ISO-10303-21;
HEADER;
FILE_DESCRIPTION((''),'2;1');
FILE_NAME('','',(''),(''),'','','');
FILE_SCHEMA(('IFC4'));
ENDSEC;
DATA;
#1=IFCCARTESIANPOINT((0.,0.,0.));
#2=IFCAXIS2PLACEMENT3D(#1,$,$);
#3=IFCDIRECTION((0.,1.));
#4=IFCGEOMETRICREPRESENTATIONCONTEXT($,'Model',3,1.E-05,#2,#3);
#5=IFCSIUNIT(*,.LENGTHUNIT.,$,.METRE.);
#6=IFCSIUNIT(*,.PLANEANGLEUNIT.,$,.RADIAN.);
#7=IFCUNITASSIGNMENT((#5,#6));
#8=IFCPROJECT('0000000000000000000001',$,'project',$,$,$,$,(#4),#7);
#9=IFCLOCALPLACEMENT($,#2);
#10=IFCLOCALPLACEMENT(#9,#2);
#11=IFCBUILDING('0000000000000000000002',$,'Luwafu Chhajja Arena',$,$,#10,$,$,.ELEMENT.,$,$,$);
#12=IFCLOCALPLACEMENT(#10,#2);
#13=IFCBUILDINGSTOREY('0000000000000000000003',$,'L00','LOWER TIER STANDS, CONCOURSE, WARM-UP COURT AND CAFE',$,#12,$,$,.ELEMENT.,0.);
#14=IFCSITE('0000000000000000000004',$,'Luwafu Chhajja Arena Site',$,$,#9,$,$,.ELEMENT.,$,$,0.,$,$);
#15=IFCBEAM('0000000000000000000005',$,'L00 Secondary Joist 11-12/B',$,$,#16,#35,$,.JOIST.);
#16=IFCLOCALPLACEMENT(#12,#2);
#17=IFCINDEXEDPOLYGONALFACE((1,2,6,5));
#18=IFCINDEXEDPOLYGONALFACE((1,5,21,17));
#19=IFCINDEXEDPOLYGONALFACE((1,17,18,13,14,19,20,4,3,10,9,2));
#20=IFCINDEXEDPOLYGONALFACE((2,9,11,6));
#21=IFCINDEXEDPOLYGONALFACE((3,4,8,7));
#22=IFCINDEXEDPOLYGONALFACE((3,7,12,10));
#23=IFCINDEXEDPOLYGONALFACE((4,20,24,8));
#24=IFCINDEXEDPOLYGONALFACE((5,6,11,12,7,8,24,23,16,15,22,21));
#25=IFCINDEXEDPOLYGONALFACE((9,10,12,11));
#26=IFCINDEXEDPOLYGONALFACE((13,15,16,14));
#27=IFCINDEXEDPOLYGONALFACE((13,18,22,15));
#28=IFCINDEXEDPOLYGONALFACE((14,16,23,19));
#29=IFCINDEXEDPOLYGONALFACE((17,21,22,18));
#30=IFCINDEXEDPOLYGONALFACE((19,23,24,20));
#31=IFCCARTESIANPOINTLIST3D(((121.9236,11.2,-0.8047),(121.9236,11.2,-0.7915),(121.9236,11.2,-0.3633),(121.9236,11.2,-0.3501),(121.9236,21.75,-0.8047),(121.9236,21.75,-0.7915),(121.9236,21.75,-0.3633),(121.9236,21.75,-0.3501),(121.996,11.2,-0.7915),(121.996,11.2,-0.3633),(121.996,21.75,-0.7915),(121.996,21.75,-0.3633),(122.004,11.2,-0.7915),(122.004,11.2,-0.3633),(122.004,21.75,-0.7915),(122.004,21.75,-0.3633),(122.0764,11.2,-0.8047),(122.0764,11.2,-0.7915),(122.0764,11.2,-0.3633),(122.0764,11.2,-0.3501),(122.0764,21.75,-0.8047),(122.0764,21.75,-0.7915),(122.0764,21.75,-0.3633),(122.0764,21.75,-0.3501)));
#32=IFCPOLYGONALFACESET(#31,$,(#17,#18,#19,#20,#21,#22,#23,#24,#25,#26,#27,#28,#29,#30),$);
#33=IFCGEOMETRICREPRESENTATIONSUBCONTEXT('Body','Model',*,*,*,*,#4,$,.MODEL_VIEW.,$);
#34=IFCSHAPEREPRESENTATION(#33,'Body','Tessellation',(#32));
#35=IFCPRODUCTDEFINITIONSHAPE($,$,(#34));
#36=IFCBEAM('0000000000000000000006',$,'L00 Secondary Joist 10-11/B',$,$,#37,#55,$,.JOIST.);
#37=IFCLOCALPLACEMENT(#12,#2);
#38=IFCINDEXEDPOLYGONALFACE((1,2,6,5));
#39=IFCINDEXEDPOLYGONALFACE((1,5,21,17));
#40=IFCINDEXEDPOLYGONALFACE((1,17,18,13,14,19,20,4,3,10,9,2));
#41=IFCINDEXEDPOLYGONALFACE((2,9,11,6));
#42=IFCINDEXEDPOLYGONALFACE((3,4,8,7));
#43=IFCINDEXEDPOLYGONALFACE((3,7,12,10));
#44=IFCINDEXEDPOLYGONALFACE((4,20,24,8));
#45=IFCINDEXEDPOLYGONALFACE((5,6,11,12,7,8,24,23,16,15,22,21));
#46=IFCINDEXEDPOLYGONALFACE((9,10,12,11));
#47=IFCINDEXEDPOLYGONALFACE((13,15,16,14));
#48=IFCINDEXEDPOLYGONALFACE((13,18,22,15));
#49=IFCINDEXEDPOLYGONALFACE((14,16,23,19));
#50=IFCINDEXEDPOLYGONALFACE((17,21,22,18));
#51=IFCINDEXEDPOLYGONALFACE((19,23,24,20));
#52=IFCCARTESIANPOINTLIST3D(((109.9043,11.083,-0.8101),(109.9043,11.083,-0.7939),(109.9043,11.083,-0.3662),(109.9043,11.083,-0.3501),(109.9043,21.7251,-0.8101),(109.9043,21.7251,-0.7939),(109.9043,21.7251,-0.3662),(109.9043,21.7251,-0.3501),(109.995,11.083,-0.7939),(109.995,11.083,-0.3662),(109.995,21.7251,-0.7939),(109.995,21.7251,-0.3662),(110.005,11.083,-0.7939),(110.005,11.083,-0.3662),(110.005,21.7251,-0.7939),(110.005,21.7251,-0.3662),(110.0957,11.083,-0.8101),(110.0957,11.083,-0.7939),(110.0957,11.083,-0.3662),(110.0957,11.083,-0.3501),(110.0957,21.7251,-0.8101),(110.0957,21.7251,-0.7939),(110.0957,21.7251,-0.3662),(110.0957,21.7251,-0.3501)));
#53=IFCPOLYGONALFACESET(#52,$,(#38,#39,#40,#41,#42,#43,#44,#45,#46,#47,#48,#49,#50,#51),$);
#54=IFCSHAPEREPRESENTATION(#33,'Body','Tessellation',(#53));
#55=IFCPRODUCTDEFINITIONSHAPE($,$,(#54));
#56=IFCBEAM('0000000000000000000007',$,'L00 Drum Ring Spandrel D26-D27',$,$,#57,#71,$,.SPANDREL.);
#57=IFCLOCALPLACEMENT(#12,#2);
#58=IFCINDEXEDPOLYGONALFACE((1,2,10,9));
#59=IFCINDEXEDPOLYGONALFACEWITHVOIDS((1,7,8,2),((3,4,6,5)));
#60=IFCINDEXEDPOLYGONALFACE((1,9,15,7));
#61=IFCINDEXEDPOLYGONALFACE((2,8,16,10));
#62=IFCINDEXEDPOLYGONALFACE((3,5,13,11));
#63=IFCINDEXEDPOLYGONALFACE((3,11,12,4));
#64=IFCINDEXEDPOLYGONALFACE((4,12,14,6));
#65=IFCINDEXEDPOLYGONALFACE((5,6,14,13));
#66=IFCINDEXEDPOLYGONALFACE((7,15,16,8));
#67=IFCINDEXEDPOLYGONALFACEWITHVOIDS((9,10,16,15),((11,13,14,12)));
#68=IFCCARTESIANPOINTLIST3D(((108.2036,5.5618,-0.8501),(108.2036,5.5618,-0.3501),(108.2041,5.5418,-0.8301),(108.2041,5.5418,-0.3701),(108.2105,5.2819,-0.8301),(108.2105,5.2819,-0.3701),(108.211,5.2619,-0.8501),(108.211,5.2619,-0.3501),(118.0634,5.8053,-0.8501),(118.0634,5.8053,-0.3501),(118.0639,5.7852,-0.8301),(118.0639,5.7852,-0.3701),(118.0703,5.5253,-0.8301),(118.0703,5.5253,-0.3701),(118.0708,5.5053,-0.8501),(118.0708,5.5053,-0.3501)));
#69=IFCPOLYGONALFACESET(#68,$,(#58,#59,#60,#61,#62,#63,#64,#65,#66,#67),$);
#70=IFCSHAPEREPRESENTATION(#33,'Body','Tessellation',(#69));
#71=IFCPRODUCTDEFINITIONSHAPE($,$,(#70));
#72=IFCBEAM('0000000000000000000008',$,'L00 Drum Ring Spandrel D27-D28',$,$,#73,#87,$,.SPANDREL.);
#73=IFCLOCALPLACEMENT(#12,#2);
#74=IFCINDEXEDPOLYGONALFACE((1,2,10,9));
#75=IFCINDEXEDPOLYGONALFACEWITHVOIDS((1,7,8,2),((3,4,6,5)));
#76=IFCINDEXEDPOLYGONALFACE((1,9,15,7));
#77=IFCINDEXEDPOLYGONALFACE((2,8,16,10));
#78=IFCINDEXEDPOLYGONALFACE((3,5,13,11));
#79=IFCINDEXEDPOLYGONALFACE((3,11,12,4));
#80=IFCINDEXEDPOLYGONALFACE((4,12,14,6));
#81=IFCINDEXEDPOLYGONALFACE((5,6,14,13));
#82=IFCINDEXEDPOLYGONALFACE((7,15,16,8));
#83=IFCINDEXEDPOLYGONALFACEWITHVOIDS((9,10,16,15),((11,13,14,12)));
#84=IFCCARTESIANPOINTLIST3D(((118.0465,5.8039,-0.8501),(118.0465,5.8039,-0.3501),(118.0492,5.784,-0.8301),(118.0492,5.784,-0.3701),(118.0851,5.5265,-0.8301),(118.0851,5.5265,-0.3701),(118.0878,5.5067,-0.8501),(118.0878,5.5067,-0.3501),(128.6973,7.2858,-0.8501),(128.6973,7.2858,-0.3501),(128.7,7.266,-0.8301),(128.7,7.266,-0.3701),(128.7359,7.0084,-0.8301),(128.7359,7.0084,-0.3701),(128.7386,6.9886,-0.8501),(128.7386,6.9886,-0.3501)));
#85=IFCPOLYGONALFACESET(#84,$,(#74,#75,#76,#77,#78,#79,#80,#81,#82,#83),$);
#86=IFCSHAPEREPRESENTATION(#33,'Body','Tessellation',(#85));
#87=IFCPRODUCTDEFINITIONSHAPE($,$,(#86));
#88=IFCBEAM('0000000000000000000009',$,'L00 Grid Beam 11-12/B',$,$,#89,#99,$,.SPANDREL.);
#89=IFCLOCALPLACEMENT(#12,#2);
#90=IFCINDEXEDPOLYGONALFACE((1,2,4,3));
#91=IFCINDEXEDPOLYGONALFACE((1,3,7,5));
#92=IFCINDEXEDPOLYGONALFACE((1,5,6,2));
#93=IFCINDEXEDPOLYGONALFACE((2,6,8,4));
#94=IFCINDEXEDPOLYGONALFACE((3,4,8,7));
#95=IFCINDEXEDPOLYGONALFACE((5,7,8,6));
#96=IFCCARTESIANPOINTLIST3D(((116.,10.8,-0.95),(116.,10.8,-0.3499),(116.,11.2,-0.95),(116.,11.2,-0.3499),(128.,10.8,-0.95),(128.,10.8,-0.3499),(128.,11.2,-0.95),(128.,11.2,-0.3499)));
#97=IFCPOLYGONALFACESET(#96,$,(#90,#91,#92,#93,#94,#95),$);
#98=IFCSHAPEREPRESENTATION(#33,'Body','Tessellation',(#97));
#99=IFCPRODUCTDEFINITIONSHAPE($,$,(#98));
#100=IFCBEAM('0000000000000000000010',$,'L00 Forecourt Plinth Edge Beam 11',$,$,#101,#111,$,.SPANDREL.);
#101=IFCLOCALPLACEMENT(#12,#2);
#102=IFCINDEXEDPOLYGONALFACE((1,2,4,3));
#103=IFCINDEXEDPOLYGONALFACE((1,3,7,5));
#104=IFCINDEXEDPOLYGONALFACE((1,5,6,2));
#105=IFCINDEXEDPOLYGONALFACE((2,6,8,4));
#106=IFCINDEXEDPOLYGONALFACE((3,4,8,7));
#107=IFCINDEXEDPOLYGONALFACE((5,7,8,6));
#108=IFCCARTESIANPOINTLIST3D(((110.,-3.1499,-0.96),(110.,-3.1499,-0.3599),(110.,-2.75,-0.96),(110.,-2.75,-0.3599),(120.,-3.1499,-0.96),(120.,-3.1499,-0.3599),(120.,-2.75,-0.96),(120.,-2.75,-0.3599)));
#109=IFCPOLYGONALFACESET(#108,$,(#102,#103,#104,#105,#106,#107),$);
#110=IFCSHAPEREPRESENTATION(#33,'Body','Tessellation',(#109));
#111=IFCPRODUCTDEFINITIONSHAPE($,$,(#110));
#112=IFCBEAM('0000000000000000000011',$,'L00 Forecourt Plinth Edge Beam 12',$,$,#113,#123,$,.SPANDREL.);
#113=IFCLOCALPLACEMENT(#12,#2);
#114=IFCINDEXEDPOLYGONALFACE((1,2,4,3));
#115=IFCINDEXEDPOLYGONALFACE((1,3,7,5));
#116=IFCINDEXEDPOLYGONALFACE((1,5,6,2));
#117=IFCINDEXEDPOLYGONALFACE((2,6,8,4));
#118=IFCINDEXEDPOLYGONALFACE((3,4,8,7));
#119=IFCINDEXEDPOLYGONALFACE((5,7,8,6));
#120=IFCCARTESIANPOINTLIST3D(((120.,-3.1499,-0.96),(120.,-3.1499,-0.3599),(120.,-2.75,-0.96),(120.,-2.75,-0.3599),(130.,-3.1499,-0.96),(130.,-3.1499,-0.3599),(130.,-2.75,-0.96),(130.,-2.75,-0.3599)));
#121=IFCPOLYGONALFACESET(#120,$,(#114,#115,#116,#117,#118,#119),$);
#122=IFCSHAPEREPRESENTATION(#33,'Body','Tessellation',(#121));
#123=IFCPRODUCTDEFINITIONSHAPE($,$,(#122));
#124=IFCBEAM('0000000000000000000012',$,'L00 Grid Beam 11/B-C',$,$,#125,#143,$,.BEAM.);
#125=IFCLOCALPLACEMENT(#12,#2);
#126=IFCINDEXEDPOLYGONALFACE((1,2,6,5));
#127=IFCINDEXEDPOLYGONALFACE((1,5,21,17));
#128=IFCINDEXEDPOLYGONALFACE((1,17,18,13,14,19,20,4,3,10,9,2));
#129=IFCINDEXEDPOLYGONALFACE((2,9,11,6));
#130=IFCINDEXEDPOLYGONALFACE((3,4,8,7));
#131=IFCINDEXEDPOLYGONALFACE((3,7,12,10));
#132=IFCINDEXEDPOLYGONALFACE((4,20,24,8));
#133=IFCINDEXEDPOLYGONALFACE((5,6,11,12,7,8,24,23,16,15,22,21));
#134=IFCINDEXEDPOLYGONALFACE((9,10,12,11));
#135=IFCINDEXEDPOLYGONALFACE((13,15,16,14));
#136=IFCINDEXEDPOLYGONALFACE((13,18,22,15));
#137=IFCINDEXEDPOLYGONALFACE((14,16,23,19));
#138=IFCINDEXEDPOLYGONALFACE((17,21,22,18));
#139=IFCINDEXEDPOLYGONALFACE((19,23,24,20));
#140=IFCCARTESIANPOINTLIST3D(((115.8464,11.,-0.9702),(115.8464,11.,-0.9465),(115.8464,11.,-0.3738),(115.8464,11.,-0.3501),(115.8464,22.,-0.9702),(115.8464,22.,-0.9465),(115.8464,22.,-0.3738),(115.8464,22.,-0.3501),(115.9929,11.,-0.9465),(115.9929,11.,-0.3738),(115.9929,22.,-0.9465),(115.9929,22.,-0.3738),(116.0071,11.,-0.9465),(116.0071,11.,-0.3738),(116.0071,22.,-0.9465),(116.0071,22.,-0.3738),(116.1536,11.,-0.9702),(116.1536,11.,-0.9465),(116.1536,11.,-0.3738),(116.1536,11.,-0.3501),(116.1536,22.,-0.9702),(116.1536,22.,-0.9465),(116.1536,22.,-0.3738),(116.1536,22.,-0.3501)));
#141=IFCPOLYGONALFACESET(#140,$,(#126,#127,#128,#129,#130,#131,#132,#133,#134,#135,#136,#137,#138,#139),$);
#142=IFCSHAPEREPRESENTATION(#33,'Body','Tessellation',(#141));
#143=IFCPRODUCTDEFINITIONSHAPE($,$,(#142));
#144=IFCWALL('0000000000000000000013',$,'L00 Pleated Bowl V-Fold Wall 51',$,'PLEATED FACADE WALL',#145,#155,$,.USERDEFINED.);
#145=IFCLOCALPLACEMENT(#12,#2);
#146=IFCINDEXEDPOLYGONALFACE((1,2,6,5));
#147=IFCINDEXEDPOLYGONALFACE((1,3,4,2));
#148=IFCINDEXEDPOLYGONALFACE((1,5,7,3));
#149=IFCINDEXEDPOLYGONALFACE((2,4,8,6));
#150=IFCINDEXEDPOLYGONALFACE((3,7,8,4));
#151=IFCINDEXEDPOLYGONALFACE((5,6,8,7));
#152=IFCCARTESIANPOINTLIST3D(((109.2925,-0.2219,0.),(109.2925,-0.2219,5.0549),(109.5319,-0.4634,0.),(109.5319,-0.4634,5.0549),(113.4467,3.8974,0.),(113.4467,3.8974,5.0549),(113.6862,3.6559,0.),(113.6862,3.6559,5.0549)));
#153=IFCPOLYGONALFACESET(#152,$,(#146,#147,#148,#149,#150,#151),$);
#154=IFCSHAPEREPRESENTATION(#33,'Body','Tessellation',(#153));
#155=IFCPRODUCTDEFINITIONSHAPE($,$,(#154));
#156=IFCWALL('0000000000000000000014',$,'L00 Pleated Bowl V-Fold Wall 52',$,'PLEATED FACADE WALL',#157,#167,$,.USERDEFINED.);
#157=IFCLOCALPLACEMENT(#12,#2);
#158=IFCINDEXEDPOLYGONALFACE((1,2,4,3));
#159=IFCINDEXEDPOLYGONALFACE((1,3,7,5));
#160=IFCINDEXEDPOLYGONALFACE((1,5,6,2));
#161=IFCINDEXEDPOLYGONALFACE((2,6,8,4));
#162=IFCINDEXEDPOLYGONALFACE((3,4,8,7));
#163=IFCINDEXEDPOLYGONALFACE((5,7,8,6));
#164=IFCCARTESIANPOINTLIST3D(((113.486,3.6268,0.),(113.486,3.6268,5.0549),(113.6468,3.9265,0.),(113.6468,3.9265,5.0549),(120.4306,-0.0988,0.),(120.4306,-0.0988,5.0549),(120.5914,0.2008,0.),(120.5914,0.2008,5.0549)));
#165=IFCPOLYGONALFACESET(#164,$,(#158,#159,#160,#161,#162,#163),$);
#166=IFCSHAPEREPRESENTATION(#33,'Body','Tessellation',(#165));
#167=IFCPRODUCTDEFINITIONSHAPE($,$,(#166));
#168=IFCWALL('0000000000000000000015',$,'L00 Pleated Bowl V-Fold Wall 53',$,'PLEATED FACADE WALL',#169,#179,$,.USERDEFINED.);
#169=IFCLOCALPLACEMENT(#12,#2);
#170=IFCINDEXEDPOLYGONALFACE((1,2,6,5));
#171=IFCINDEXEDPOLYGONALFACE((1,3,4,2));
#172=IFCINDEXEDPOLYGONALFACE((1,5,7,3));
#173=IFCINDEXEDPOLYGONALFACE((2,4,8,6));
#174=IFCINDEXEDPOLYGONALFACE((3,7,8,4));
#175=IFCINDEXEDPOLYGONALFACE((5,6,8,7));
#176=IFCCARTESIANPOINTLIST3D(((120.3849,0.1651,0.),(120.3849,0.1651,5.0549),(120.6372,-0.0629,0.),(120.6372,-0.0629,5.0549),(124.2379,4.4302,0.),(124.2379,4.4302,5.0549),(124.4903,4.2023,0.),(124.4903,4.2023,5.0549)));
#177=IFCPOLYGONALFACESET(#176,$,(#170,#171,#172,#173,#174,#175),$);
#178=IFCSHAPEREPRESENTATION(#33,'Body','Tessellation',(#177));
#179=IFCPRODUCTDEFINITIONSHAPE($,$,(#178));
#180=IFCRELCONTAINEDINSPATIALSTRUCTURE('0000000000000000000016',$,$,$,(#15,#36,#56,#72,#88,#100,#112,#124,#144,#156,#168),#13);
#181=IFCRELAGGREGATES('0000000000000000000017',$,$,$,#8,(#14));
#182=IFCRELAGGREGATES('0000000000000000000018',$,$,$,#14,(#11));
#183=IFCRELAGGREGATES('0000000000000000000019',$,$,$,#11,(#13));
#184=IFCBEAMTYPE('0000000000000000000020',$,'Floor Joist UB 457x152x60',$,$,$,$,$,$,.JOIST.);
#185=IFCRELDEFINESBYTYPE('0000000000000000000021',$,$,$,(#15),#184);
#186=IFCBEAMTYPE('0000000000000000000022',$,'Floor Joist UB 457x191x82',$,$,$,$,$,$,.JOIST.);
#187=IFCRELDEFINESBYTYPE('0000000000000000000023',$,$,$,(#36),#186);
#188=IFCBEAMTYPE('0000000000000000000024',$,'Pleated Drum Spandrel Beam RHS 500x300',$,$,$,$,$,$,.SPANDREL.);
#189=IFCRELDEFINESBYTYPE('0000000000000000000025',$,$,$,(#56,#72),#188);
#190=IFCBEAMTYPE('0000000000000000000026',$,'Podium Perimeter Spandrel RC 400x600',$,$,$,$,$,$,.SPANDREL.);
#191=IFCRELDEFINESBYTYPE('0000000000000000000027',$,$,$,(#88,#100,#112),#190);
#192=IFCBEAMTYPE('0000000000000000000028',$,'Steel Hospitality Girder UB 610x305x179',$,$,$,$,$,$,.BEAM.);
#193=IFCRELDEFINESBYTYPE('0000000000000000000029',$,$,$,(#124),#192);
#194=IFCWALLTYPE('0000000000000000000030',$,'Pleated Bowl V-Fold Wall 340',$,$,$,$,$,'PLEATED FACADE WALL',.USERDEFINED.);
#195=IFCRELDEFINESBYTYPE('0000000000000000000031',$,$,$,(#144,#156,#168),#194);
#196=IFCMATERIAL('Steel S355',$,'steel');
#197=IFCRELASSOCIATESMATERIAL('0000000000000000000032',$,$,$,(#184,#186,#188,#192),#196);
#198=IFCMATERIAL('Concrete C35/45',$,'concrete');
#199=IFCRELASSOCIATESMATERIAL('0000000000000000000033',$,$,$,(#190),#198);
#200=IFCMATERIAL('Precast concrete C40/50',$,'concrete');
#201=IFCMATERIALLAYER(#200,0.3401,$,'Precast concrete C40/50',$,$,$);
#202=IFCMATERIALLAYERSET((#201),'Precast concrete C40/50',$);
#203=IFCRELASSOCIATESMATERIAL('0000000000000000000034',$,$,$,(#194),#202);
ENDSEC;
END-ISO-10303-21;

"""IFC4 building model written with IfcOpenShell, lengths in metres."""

from ifc_helpers import new_model, si_unit, direction, frame, frame_2d, origin, origin_2d, place, context, subcontext, project, spatial, rectangle, hollow_rectangle, i_section, extrude, material, layer, layer_set, material_profile, profile_set, type_object, element, save


model = new_model("IFC4")

# Units and contexts
model_context = context("Model", 3, precision=1e-05, world=origin(), true_north=direction((0.0, 1.0)))
body_context = subcontext(model_context, "Body", "Model", "MODEL_VIEW")
ifc_project = project(units=[si_unit("LENGTHUNIT", "METRE"), si_unit("PLANEANGLEUNIT", "RADIAN")], contexts=[model_context])

# Site, building, storey
site_placement = place(None, origin())
site = spatial("IfcSite", under=ifc_project, at=site_placement, Name="Luwafu Chhajja Arena Site", CompositionType="ELEMENT", RefElevation=0.0)
building_placement = place(site_placement, origin())
building = spatial("IfcBuilding", under=site, at=building_placement, Name="Luwafu Chhajja Arena", CompositionType="ELEMENT")
storey_placement = place(building_placement, origin())
storey = spatial("IfcBuildingStorey", under=building, at=storey_placement, Name="L00", Description="LOWER TIER STANDS, CONCOURSE, WARM-UP COURT AND CAFE", CompositionType="ELEMENT", Elevation=0.0)

# Shared definitions
ifc_material_1 = material(Name="Concrete C35/45", Category="concrete")
ifc_material_2 = material(Name="Steel S355", Category="steel")

# Beams
ifc_material_profile_1 = material_profile(ifc_material_2, i_section(OverallWidth=0.1528, OverallDepth=0.4546, WebThickness=0.0081, FlangeThickness=0.0132, at=origin_2d()), Name="UB 457x152x60")
ifc_profile_set_1 = profile_set([ifc_material_profile_1], Name="Steel S355")
beam_type_1 = type_object("IfcBeamType", Name="Floor Joist UB 457x152x60", PredefinedType="JOIST", material=ifc_profile_set_1)
beam_1_placement = place(storey_placement, frame((122.0, 11.2, -0.5774), z_axis=(0.0, 1.0, 0.0), x_axis=(-1.0, 0.0, 0.0)))
element("IfcBeam", 1, at=beam_1_placement, inside=storey, type_object=beam_type_1, Name="L00 Secondary Joist 11-12/B", PredefinedType="JOIST", context=body_context, shape_type="SweptSolid", body=[
    extrude(i_section(OverallWidth=0.1528, OverallDepth=0.4546, WebThickness=0.0081, FlangeThickness=0.0132, at=origin_2d()), origin(), (0.0, 0.0, 1.0), 10.55),
])
ifc_material_profile_2 = material_profile(ifc_material_2, i_section(OverallWidth=0.1914, OverallDepth=0.46, WebThickness=0.01, FlangeThickness=0.0161, at=origin_2d()), Name="UB 457x191x82")
ifc_profile_set_2 = profile_set([ifc_material_profile_2], Name="Steel S355")
beam_type_2 = type_object("IfcBeamType", Name="Floor Joist UB 457x191x82", PredefinedType="JOIST", material=ifc_profile_set_2)
beam_2_placement = place(storey_placement, frame((110.0, 11.083, -0.5801), z_axis=(0.0, 1.0, 0.0), x_axis=(-1.0, 0.0, 0.0)))
element("IfcBeam", 2, at=beam_2_placement, inside=storey, type_object=beam_type_2, Name="L00 Secondary Joist 10-11/B", PredefinedType="JOIST", context=body_context, shape_type="SweptSolid", body=[
    extrude(i_section(OverallWidth=0.1914, OverallDepth=0.46, WebThickness=0.01, FlangeThickness=0.0161, at=origin_2d()), origin(), (0.0, 0.0, 1.0), 10.6421),
])
ifc_material_profile_3 = material_profile(ifc_material_2, hollow_rectangle(XDim=0.3, YDim=0.5, WallThickness=0.02, at=origin_2d()), Name="RHS 500x300x20")
ifc_profile_set_3 = profile_set([ifc_material_profile_3], Name="Steel S355")
beam_type_3 = type_object("IfcBeamType", Name="Pleated Drum Spandrel Beam RHS 500x300", PredefinedType="SPANDREL", material=ifc_profile_set_3)
beam_3_placement = place(storey_placement, frame((108.2073, 5.4119, -0.6001), z_axis=(0.999695, 0.024679, 0.0), x_axis=(-0.024679, 0.999695, 0.0)))
element("IfcBeam", 3, at=beam_3_placement, inside=storey, type_object=beam_type_3, Name="L00 Drum Ring Spandrel D26-D27", PredefinedType="SPANDREL", context=body_context, shape_type="SweptSolid", body=[
    extrude(hollow_rectangle(XDim=0.3, YDim=0.5, WallThickness=0.02, at=origin_2d()), origin(), (0.0, 0.0, 1.0), 9.8628),
])
beam_4_placement = place(storey_placement, frame((118.0671, 5.6553, -0.6001), z_axis=(0.990459, 0.13781, 0.0), x_axis=(-0.13781, 0.990459, 0.0)))
element("IfcBeam", 4, at=beam_4_placement, inside=storey, type_object=beam_type_3, Name="L00 Drum Ring Spandrel D27-D28", PredefinedType="SPANDREL", context=body_context, shape_type="SweptSolid", body=[
    extrude(hollow_rectangle(XDim=0.3, YDim=0.5, WallThickness=0.02, at=origin_2d()), origin(), (0.0, 0.0, 1.0), 10.7534),
])
ifc_material_profile_4 = material_profile(ifc_material_1, rectangle(XDim=0.3999, YDim=0.6001, at=origin_2d()), Name="RC 400x600")
ifc_profile_set_4 = profile_set([ifc_material_profile_4], Name="Concrete C35/45")
beam_type_4 = type_object("IfcBeamType", Name="Podium Perimeter Spandrel RC 400x600", PredefinedType="SPANDREL", material=ifc_profile_set_4)
beam_5_placement = place(storey_placement, frame((116.0, 11.0, -0.6499), z_axis=(1.0, 0.0, 0.0), x_axis=(0.0, 1.0, 0.0)))
element("IfcBeam", 5, at=beam_5_placement, inside=storey, type_object=beam_type_4, Name="L00 Grid Beam 11-12/B", PredefinedType="SPANDREL", context=body_context, shape_type="SweptSolid", body=[
    extrude(rectangle(XDim=0.3999, YDim=0.6001, at=origin_2d()), origin(), (0.0, 0.0, 1.0), 12.0),
])
for number, where, z_axis, x_axis, name in (
    (6, (110.0, -2.95, -0.6599), (1.0, 0.0, 0.0), (0.0, 1.0, 0.0), "L00 Forecourt Plinth Edge Beam 11"),
    (7, (120.0, -2.95, -0.6599), (1.0, 0.0, 0.0), (0.0, 1.0, 0.0), "L00 Forecourt Plinth Edge Beam 12"),
):
    element("IfcBeam", number, at=place(storey_placement, frame(where, z_axis=z_axis, x_axis=x_axis)), inside=storey, type_object=beam_type_4, Name=name, PredefinedType="SPANDREL", context=body_context, shape_type="SweptSolid", body=[
        extrude(rectangle(XDim=0.3999, YDim=0.6001, at=origin_2d()), origin(), (0.0, 0.0, 1.0), 10.0),
    ])
ifc_material_profile_5 = material_profile(ifc_material_2, i_section(OverallWidth=0.3071, OverallDepth=0.6201, WebThickness=0.0142, FlangeThickness=0.0237, at=origin_2d()), Name="UB 610x305x179")
ifc_profile_set_5 = profile_set([ifc_material_profile_5], Name="Steel S355")
beam_type_5 = type_object("IfcBeamType", Name="Steel Hospitality Girder UB 610x305x179", PredefinedType="BEAM", material=ifc_profile_set_5)
beam_6_placement = place(storey_placement, frame((116.0, 11.0, -0.6602), z_axis=(0.0, 1.0, 0.0), x_axis=(-1.0, 0.0, 0.0)))
element("IfcBeam", 8, at=beam_6_placement, inside=storey, type_object=beam_type_5, Name="L00 Grid Beam 11/B-C", PredefinedType="BEAM", context=body_context, shape_type="SweptSolid", body=[
    extrude(i_section(OverallWidth=0.3071, OverallDepth=0.6201, WebThickness=0.0142, FlangeThickness=0.0237, at=origin_2d()), origin(), (0.0, 0.0, 1.0), 11.0),
])

# Walls
ifc_material_3 = material(Name="Precast concrete C40/50", Category="concrete")
ifc_layer_1 = layer(ifc_material_3, 0.3401, Name="Precast concrete C40/50")
ifc_layer_set_1 = layer_set([ifc_layer_1], Name="Precast concrete C40/50")
wall_type = type_object("IfcWallType", Name="Pleated Bowl V-Fold Wall 340", ElementType="PLEATED FACADE WALL", PredefinedType="USERDEFINED", material=ifc_layer_set_1)
wall_1_placement = place(storey_placement, frame((109.4121, -0.3428, 0.0), z_axis=(0.0, 0.0, 1.0), x_axis=(0.710084, 0.704117, 0.0)))
element("IfcWall", 9, at=wall_1_placement, inside=storey, type_object=wall_type, Name="L00 Pleated Bowl V-Fold Wall 51", ObjectType="PLEATED FACADE WALL", PredefinedType="USERDEFINED", context=body_context, shape_type="SweptSolid", body=[
    extrude(rectangle(XDim=5.8503, YDim=0.3401, at=frame_2d((2.9253, 0.0))), origin(), (0.0, 0.0, 1.0), 5.0549),
])
wall_2_placement = place(storey_placement, frame((113.5664, 3.7766, 0.0), z_axis=(0.0, 0.0, 1.0), x_axis=(0.881201, -0.472741, 0.0)))
element("IfcWall", 10, at=wall_2_placement, inside=storey, type_object=wall_type, Name="L00 Pleated Bowl V-Fold Wall 52", ObjectType="PLEATED FACADE WALL", PredefinedType="USERDEFINED", context=body_context, shape_type="SweptSolid", body=[
    extrude(rectangle(XDim=7.8809, YDim=0.3401, at=frame_2d((3.9404, 0.0))), origin(), (0.0, 0.0, 1.0), 5.0549),
])
wall_3_placement = place(storey_placement, frame((120.511, 0.051, 0.0), z_axis=(0.0, 0.0, 1.0), x_axis=(0.670348, 0.742047, 0.0)))
element("IfcWall", 11, at=wall_3_placement, inside=storey, type_object=wall_type, Name="L00 Pleated Bowl V-Fold Wall 53", ObjectType="PLEATED FACADE WALL", PredefinedType="USERDEFINED", context=body_context, shape_type="SweptSolid", body=[
    extrude(rectangle(XDim=5.7478, YDim=0.3401, at=frame_2d((2.874, 0.0))), origin(), (0.0, 0.0, 1.0), 5.0549),
])

save(model, "model.ifc")
